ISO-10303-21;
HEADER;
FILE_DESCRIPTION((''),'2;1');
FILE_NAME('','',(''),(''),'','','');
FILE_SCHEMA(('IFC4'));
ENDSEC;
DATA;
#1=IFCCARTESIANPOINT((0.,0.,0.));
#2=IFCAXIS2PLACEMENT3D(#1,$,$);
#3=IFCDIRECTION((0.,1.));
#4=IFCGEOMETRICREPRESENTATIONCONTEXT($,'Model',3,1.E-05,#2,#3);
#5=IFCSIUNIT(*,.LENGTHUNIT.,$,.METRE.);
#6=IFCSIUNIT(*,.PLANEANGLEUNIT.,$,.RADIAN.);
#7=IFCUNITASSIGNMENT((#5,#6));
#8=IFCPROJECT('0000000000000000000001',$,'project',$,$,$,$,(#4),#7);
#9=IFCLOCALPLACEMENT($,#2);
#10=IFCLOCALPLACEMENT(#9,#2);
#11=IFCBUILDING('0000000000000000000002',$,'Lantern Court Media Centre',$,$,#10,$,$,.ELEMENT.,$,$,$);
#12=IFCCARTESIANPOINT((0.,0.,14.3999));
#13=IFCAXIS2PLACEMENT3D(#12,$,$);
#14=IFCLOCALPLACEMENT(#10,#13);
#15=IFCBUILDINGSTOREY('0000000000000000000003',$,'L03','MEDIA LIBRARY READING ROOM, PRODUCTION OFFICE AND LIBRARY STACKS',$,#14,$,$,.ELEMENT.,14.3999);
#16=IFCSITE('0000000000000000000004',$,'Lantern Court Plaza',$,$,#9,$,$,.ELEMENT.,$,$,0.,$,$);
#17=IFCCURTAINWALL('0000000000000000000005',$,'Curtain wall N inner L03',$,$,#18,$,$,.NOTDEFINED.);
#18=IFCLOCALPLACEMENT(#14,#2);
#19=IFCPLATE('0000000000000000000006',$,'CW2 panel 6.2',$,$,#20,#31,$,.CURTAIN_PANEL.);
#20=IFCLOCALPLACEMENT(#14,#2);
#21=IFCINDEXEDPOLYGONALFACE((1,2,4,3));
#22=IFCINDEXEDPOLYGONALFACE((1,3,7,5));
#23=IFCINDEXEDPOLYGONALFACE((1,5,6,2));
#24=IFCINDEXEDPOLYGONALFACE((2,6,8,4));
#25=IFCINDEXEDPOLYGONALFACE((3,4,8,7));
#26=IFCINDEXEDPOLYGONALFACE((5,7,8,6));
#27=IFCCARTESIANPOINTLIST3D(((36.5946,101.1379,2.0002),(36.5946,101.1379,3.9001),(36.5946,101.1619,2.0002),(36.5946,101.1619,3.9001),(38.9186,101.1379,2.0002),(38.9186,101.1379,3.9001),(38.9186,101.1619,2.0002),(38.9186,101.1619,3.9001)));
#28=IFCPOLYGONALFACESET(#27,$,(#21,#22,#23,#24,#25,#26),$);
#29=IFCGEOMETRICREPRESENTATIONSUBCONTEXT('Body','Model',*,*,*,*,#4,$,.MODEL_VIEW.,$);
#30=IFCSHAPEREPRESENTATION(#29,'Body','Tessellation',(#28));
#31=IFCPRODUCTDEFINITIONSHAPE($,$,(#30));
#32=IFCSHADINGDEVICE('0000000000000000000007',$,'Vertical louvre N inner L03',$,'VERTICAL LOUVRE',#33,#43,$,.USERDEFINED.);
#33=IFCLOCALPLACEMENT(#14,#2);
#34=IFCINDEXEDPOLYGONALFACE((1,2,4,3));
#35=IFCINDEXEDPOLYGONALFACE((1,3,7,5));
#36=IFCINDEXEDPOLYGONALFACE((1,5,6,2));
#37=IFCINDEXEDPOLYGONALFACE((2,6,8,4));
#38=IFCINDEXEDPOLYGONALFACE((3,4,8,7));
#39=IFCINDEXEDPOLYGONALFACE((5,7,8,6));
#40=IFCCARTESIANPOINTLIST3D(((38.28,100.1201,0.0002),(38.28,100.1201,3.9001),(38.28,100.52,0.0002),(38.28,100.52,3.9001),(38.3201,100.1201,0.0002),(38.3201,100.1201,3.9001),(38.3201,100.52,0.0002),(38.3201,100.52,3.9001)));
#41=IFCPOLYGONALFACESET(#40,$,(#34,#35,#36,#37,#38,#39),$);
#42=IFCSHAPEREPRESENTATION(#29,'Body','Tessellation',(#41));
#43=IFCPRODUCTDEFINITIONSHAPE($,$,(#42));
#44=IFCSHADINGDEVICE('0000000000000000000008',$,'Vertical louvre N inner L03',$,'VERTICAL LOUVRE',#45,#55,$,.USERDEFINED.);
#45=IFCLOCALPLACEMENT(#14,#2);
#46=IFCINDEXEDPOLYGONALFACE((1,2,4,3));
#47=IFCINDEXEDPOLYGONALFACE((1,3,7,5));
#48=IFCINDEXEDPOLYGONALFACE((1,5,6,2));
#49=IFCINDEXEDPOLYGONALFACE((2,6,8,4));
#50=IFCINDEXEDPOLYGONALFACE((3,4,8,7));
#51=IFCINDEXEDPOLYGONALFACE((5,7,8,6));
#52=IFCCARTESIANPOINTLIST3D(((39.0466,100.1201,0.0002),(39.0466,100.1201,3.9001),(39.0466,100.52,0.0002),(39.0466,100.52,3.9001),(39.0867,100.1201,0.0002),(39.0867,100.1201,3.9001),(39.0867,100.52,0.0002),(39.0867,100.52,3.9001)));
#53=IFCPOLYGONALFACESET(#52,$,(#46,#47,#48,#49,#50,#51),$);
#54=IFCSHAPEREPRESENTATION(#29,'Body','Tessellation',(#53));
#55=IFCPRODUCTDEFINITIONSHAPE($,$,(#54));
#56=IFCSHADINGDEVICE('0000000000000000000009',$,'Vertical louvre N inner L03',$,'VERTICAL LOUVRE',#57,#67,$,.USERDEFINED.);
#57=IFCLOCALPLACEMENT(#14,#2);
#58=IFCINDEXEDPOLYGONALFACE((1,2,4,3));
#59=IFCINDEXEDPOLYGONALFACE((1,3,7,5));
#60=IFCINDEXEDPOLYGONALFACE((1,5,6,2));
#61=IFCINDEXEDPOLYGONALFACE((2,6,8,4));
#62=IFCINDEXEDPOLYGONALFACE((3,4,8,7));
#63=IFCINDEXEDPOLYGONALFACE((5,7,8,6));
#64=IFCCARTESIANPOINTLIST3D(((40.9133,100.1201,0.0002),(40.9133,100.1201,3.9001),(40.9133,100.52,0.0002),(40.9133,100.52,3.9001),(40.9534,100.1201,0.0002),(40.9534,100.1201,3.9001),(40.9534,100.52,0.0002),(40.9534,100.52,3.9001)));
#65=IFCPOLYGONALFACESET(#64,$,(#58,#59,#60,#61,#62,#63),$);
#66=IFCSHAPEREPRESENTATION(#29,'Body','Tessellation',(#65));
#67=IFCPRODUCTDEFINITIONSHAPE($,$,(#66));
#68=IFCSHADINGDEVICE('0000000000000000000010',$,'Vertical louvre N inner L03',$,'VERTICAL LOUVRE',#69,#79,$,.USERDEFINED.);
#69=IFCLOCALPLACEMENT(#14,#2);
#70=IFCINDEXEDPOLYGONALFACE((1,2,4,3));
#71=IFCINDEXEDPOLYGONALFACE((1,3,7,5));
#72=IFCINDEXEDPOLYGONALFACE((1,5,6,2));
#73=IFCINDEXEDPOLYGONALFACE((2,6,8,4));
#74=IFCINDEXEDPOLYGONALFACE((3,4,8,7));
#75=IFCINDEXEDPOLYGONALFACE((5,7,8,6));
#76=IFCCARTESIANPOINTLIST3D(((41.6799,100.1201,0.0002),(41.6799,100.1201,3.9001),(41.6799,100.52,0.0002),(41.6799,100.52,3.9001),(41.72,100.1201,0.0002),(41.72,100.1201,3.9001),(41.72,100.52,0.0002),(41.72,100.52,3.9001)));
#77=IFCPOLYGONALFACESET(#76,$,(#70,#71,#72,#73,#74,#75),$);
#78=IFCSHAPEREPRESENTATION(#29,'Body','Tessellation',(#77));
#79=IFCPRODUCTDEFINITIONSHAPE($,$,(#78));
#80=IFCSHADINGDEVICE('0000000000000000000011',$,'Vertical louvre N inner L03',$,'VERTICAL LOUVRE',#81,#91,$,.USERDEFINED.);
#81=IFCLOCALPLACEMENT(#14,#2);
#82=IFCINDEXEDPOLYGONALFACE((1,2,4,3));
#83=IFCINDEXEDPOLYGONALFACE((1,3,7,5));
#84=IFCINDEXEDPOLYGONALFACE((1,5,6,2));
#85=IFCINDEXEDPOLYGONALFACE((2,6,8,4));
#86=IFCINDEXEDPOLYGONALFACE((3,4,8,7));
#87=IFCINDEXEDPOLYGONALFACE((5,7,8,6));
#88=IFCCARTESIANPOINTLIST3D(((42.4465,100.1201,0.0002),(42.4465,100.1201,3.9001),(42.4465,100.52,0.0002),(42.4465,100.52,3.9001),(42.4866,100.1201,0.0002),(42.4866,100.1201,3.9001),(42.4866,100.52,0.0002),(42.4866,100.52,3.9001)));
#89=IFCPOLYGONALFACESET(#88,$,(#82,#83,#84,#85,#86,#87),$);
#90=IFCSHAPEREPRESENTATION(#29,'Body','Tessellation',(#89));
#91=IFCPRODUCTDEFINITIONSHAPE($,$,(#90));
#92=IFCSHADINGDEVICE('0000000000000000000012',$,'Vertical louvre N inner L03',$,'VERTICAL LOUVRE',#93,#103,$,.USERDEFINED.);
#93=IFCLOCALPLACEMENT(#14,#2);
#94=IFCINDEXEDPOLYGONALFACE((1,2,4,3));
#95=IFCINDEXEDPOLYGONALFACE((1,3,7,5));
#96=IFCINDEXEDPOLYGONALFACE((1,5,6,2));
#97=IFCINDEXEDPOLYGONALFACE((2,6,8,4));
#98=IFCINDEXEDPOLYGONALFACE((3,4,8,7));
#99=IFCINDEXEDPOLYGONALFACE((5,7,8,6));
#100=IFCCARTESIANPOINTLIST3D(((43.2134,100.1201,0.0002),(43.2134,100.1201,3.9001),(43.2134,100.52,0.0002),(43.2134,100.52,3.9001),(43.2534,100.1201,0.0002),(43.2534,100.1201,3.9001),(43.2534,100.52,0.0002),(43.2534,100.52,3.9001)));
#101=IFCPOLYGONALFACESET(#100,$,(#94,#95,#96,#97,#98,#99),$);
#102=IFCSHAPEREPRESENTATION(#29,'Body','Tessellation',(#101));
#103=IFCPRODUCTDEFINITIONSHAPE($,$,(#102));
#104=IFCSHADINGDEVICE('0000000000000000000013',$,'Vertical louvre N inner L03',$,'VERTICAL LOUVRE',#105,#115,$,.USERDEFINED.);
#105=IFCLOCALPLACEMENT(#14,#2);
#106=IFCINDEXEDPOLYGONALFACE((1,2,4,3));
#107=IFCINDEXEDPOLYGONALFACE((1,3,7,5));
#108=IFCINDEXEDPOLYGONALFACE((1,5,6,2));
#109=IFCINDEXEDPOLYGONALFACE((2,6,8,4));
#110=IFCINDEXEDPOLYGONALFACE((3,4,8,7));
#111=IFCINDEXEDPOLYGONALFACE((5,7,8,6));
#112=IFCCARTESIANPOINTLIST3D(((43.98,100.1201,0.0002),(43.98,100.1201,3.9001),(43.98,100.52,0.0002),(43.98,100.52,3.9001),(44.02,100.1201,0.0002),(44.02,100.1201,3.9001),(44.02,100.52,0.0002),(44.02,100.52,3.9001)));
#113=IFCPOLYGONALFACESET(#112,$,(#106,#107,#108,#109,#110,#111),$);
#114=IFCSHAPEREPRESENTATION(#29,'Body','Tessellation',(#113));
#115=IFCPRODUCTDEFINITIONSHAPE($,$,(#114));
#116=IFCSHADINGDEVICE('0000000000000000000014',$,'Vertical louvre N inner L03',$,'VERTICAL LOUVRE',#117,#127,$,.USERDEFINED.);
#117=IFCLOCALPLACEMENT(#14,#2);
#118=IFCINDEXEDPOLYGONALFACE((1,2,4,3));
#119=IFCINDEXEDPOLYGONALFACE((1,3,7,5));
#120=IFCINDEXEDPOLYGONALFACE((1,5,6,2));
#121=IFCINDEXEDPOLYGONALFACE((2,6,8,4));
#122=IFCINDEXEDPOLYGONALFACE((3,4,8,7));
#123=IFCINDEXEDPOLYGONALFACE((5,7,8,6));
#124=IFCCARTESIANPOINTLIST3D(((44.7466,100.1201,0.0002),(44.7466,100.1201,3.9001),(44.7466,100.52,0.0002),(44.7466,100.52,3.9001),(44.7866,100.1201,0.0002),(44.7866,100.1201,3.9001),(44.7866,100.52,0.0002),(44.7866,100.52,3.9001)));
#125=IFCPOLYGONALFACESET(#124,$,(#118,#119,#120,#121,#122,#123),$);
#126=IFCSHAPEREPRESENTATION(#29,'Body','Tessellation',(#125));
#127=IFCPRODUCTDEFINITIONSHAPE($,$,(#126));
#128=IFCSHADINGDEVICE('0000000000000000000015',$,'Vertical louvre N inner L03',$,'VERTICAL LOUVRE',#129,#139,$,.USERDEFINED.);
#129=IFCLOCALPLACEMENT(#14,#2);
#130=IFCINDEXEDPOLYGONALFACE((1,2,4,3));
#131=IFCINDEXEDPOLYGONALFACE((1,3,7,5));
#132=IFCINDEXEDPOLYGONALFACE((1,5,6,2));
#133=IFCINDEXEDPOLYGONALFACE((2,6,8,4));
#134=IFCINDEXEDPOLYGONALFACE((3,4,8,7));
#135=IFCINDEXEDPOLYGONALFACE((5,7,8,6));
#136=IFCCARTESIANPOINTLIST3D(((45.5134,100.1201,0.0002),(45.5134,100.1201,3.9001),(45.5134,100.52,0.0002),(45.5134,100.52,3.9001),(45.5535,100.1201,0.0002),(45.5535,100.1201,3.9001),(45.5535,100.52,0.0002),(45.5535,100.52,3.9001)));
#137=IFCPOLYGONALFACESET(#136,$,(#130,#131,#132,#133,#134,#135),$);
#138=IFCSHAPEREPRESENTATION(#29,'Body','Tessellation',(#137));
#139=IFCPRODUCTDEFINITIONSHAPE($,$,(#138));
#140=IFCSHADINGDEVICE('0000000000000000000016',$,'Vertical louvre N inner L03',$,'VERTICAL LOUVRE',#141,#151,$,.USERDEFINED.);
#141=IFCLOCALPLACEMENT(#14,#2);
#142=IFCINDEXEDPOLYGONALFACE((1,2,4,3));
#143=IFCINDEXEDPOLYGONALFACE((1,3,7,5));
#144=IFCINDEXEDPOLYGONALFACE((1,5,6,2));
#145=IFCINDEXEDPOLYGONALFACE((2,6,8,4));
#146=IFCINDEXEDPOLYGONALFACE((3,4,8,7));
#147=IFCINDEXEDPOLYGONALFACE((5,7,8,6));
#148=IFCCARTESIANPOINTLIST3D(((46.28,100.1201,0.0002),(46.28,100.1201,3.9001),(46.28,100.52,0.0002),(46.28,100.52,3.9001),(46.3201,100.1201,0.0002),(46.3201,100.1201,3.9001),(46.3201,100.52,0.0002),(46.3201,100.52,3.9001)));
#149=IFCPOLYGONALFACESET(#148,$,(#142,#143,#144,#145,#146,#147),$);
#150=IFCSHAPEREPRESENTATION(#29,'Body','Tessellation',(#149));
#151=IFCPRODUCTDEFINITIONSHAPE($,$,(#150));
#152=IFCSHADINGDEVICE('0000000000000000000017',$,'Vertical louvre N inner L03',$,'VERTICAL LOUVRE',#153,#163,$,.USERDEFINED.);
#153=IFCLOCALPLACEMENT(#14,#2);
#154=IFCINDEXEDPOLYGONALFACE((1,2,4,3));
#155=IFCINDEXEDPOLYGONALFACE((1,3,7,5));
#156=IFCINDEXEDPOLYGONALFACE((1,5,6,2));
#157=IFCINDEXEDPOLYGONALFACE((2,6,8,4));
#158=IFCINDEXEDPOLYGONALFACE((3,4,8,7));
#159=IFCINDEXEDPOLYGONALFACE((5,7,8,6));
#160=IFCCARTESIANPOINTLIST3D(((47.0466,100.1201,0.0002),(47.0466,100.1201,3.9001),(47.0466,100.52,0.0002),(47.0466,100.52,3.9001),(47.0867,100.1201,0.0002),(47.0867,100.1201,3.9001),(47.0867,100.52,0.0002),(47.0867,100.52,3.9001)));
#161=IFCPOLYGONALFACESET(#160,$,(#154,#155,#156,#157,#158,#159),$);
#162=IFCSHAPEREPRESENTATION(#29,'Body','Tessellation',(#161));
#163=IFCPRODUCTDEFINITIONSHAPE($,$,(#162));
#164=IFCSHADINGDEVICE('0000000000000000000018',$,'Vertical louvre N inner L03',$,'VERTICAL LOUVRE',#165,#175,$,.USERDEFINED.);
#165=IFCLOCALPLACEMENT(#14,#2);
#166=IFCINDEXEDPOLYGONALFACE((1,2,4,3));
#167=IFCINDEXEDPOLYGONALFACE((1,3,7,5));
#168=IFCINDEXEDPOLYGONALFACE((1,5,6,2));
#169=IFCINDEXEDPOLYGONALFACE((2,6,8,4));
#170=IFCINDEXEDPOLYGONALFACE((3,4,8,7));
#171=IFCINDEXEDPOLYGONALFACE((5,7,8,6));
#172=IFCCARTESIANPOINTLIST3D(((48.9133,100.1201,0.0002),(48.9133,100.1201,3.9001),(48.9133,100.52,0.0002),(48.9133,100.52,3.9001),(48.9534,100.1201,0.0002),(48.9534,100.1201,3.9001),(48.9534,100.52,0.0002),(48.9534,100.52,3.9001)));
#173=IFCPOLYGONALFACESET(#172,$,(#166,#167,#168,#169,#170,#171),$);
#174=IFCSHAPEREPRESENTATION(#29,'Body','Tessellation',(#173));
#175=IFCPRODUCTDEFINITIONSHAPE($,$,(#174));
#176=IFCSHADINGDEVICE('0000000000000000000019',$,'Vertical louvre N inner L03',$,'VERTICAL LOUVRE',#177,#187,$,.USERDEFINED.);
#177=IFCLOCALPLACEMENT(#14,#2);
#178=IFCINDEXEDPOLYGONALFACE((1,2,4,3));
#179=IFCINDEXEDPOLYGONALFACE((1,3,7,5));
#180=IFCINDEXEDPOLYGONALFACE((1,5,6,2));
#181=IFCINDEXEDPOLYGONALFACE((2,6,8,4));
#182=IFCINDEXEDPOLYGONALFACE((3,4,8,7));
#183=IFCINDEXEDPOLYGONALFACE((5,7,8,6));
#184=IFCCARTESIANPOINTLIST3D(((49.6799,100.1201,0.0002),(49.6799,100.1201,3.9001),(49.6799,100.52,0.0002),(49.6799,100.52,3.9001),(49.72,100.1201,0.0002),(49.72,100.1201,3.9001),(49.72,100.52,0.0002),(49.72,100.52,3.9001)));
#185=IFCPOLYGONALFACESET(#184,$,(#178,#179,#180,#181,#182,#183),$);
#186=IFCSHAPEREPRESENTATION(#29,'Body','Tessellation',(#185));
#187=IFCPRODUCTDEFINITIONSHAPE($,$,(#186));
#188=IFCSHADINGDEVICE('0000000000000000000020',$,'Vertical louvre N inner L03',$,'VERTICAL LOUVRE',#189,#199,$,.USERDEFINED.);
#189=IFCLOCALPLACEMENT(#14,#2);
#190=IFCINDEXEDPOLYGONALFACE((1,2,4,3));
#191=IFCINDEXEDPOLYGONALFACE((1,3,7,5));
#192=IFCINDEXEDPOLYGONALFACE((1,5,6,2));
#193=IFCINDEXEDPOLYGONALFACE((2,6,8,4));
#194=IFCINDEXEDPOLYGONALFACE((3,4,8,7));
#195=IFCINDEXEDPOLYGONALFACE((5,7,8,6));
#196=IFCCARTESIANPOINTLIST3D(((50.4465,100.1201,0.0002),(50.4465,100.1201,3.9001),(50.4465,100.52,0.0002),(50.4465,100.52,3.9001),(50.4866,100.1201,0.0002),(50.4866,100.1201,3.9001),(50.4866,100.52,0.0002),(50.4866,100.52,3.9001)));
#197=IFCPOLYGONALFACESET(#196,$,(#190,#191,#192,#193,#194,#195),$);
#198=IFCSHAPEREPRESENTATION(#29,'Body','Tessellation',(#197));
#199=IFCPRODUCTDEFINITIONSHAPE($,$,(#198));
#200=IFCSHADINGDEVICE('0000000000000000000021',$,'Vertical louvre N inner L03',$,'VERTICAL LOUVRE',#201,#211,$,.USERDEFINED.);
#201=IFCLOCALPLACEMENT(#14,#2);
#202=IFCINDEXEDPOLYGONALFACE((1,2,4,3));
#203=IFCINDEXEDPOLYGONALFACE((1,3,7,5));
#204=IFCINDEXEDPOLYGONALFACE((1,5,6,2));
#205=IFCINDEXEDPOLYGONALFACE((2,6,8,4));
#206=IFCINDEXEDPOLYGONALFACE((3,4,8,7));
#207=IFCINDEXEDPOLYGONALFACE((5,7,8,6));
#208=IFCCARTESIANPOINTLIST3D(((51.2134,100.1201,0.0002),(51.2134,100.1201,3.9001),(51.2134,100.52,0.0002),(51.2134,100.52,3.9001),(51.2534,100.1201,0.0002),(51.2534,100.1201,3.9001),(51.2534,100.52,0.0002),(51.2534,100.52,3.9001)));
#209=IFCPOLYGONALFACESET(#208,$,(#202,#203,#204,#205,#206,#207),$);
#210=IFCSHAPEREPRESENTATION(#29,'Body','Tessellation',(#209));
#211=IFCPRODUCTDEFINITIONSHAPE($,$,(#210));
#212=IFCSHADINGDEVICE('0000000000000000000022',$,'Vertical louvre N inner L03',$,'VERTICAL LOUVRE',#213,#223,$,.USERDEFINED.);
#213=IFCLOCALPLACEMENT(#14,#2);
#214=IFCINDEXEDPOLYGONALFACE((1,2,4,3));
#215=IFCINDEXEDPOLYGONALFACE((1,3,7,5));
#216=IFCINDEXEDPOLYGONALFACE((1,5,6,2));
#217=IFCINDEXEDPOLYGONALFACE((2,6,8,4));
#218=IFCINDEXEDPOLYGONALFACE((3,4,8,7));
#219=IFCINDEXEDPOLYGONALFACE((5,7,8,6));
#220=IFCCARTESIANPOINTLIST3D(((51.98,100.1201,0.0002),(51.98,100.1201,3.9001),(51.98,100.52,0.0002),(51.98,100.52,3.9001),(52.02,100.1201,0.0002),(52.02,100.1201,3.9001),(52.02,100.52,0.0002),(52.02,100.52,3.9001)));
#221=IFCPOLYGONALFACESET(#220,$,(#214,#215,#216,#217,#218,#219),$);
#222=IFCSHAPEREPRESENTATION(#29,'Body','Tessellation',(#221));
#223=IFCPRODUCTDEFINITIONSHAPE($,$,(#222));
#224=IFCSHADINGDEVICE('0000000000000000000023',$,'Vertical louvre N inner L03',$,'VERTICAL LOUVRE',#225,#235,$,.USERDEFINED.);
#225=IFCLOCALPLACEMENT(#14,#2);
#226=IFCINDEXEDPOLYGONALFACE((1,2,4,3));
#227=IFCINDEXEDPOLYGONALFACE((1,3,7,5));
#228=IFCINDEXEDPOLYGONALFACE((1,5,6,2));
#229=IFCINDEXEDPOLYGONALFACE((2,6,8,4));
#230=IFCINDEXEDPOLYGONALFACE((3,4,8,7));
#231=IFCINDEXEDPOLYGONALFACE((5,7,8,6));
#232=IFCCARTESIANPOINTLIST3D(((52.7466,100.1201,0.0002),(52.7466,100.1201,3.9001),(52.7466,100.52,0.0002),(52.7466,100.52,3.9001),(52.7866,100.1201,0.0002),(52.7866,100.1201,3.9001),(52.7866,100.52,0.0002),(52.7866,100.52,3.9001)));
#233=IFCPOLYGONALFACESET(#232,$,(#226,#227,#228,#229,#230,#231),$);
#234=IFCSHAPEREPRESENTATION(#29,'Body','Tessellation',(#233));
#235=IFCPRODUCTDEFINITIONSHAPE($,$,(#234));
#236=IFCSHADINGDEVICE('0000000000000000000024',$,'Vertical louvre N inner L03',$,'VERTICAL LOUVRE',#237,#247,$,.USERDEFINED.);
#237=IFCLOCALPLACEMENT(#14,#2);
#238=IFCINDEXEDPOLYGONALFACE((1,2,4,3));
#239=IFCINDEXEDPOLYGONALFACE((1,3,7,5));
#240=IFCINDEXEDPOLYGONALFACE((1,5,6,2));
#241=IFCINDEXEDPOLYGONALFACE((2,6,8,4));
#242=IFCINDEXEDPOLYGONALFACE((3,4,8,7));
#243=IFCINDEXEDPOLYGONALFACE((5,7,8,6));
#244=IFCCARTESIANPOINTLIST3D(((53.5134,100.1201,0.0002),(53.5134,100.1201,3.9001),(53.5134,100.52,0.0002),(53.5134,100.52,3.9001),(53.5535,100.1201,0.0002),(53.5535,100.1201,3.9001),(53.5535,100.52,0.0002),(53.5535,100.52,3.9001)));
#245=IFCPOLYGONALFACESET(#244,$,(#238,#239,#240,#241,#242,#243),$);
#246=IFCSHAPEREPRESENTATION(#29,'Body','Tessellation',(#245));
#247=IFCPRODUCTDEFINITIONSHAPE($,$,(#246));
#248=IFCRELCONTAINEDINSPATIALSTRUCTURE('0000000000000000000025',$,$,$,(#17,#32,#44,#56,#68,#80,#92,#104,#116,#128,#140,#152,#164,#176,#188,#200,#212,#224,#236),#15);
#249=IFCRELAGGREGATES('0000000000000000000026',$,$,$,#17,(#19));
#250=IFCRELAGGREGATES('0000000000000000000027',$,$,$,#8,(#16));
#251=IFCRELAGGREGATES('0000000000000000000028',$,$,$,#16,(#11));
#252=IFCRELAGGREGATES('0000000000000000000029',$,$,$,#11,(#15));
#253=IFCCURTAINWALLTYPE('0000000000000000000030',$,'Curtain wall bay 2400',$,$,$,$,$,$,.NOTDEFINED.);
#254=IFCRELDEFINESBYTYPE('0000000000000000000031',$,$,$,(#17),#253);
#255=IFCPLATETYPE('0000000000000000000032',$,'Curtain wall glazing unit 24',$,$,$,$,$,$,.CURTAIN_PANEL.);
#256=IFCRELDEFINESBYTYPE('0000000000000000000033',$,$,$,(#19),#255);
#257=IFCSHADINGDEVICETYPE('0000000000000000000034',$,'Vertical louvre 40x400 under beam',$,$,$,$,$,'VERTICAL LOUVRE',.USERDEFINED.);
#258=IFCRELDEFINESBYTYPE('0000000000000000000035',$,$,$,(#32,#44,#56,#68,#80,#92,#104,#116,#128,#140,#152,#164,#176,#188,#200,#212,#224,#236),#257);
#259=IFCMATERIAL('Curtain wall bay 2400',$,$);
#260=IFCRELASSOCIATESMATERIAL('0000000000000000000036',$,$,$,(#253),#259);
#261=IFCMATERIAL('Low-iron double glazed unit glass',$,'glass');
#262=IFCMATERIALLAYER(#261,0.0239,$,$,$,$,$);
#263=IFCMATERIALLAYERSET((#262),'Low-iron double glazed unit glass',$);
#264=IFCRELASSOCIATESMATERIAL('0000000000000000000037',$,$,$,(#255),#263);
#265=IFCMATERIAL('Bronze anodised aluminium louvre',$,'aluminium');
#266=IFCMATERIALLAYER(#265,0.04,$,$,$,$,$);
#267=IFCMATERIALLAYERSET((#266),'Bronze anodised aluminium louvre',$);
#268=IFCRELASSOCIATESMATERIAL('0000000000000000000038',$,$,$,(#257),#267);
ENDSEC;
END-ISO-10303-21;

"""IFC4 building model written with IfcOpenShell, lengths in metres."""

from ifc_helpers import new_model, si_unit, direction, frame, origin, origin_2d, place, context, subcontext, project, spatial, rectangle, extrude, material, layer, layer_set, type_object, element, aggregate, save


model = new_model("IFC4")

# Units and contexts
model_context = context("Model", 3, precision=1e-05, world=origin(), true_north=direction((0.0, 1.0)))
body_context = subcontext(model_context, "Body", "Model", "MODEL_VIEW")
ifc_project = project(units=[si_unit("LENGTHUNIT", "METRE"), si_unit("PLANEANGLEUNIT", "RADIAN")], contexts=[model_context])

# Site, building, storey
site_placement = place(None, origin())
site = spatial("IfcSite", under=ifc_project, at=site_placement, Name="Lantern Court Plaza", CompositionType="ELEMENT", RefElevation=0.0)
building_placement = place(site_placement, origin())
building = spatial("IfcBuilding", under=site, at=building_placement, Name="Lantern Court Media Centre", CompositionType="ELEMENT")
storey_placement = place(building_placement, frame((0.0, 0.0, 14.3999)))
storey = spatial("IfcBuildingStorey", under=building, at=storey_placement, Name="L03", Description="MEDIA LIBRARY READING ROOM, PRODUCTION OFFICE AND LIBRARY STACKS", CompositionType="ELEMENT", Elevation=14.3999)

# Curtain wall
ifc_material_1 = material(Name="Curtain wall bay 2400")
curtain_wall_type = type_object("IfcCurtainWallType", Name="Curtain wall bay 2400", PredefinedType="NOTDEFINED", material=ifc_material_1)
curtain_wall_placement = place(storey_placement, origin())
curtain_wall = element("IfcCurtainWall", 1, at=curtain_wall_placement, inside=storey, type_object=curtain_wall_type, Name="Curtain wall N inner L03", PredefinedType="NOTDEFINED")

# Plate
ifc_material_2 = material(Name="Low-iron double glazed unit glass", Category="glass")
ifc_layer_1 = layer(ifc_material_2, 0.0239)
ifc_layer_set_1 = layer_set([ifc_layer_1], Name="Low-iron double glazed unit glass")
plate_type = type_object("IfcPlateType", Name="Curtain wall glazing unit 24", PredefinedType="CURTAIN_PANEL", material=ifc_layer_set_1)
plate_placement = place(storey_placement, frame((37.7566, 101.1499, 2.0002), z_axis=(0.0, 0.0, 1.0), x_axis=(1.0, 0.0, 0.0)))
plate = element("IfcPlate", 2, at=plate_placement, type_object=plate_type, Name="CW2 panel 6.2", PredefinedType="CURTAIN_PANEL", context=body_context, shape_type="SweptSolid", body=[
    extrude(rectangle(XDim=2.324, YDim=0.0239, at=origin_2d()), origin(), (0.0, 0.0, 1.0), 1.8999),
])
aggregate(curtain_wall, [plate])

# Shading devices
ifc_material_3 = material(Name="Bronze anodised aluminium louvre", Category="aluminium")
ifc_layer_2 = layer(ifc_material_3, 0.04)
ifc_layer_set_2 = layer_set([ifc_layer_2], Name="Bronze anodised aluminium louvre")
shading_device_type = type_object("IfcShadingDeviceType", Name="Vertical louvre 40x400 under beam", ElementType="VERTICAL LOUVRE", PredefinedType="USERDEFINED", material=ifc_layer_set_2)
for number, where, z_axis, x_axis, name in (
    (3, (38.3, 100.3201, 0.0002), (0.0, 0.0, 1.0), (1.0, 0.0, 0.0), "Vertical louvre N inner L03"),
    (4, (39.0667, 100.3201, 0.0002), (0.0, 0.0, 1.0), (1.0, 0.0, 0.0), "Vertical louvre N inner L03"),
    (5, (40.9333, 100.3201, 0.0002), (0.0, 0.0, 1.0), (1.0, 0.0, 0.0), "Vertical louvre N inner L03"),
    (6, (41.7, 100.3201, 0.0002), (0.0, 0.0, 1.0), (1.0, 0.0, 0.0), "Vertical louvre N inner L03"),
    (7, (42.4666, 100.3201, 0.0002), (0.0, 0.0, 1.0), (1.0, 0.0, 0.0), "Vertical louvre N inner L03"),
    (8, (43.2334, 100.3201, 0.0002), (0.0, 0.0, 1.0), (1.0, 0.0, 0.0), "Vertical louvre N inner L03"),
    (9, (44.0, 100.3201, 0.0002), (0.0, 0.0, 1.0), (1.0, 0.0, 0.0), "Vertical louvre N inner L03"),
    (10, (44.7666, 100.3201, 0.0002), (0.0, 0.0, 1.0), (1.0, 0.0, 0.0), "Vertical louvre N inner L03"),
    (11, (45.5334, 100.3201, 0.0002), (0.0, 0.0, 1.0), (1.0, 0.0, 0.0), "Vertical louvre N inner L03"),
    (12, (46.3, 100.3201, 0.0002), (0.0, 0.0, 1.0), (1.0, 0.0, 0.0), "Vertical louvre N inner L03"),
    (13, (47.0667, 100.3201, 0.0002), (0.0, 0.0, 1.0), (1.0, 0.0, 0.0), "Vertical louvre N inner L03"),
    (14, (48.9333, 100.3201, 0.0002), (0.0, 0.0, 1.0), (1.0, 0.0, 0.0), "Vertical louvre N inner L03"),
    (15, (49.7, 100.3201, 0.0002), (0.0, 0.0, 1.0), (1.0, 0.0, 0.0), "Vertical louvre N inner L03"),
    (16, (50.4666, 100.3201, 0.0002), (0.0, 0.0, 1.0), (1.0, 0.0, 0.0), "Vertical louvre N inner L03"),
    (17, (51.2334, 100.3201, 0.0002), (0.0, 0.0, 1.0), (1.0, 0.0, 0.0), "Vertical louvre N inner L03"),
    (18, (52.0, 100.3201, 0.0002), (0.0, 0.0, 1.0), (1.0, 0.0, 0.0), "Vertical louvre N inner L03"),
    (19, (52.7666, 100.3201, 0.0002), (0.0, 0.0, 1.0), (1.0, 0.0, 0.0), "Vertical louvre N inner L03"),
    (20, (53.5334, 100.3201, 0.0002), (0.0, 0.0, 1.0), (1.0, 0.0, 0.0), "Vertical louvre N inner L03"),
):
    element("IfcShadingDevice", number, at=place(storey_placement, frame(where, z_axis=z_axis, x_axis=x_axis)), inside=storey, type_object=shading_device_type, Name=name, ObjectType="VERTICAL LOUVRE", PredefinedType="USERDEFINED", context=body_context, shape_type="SweptSolid", body=[
        extrude(rectangle(XDim=0.04, YDim=0.3999, at=origin_2d()), origin(), (0.0, 0.0, 1.0), 3.8999),
    ])

save(model, "model.ifc")
